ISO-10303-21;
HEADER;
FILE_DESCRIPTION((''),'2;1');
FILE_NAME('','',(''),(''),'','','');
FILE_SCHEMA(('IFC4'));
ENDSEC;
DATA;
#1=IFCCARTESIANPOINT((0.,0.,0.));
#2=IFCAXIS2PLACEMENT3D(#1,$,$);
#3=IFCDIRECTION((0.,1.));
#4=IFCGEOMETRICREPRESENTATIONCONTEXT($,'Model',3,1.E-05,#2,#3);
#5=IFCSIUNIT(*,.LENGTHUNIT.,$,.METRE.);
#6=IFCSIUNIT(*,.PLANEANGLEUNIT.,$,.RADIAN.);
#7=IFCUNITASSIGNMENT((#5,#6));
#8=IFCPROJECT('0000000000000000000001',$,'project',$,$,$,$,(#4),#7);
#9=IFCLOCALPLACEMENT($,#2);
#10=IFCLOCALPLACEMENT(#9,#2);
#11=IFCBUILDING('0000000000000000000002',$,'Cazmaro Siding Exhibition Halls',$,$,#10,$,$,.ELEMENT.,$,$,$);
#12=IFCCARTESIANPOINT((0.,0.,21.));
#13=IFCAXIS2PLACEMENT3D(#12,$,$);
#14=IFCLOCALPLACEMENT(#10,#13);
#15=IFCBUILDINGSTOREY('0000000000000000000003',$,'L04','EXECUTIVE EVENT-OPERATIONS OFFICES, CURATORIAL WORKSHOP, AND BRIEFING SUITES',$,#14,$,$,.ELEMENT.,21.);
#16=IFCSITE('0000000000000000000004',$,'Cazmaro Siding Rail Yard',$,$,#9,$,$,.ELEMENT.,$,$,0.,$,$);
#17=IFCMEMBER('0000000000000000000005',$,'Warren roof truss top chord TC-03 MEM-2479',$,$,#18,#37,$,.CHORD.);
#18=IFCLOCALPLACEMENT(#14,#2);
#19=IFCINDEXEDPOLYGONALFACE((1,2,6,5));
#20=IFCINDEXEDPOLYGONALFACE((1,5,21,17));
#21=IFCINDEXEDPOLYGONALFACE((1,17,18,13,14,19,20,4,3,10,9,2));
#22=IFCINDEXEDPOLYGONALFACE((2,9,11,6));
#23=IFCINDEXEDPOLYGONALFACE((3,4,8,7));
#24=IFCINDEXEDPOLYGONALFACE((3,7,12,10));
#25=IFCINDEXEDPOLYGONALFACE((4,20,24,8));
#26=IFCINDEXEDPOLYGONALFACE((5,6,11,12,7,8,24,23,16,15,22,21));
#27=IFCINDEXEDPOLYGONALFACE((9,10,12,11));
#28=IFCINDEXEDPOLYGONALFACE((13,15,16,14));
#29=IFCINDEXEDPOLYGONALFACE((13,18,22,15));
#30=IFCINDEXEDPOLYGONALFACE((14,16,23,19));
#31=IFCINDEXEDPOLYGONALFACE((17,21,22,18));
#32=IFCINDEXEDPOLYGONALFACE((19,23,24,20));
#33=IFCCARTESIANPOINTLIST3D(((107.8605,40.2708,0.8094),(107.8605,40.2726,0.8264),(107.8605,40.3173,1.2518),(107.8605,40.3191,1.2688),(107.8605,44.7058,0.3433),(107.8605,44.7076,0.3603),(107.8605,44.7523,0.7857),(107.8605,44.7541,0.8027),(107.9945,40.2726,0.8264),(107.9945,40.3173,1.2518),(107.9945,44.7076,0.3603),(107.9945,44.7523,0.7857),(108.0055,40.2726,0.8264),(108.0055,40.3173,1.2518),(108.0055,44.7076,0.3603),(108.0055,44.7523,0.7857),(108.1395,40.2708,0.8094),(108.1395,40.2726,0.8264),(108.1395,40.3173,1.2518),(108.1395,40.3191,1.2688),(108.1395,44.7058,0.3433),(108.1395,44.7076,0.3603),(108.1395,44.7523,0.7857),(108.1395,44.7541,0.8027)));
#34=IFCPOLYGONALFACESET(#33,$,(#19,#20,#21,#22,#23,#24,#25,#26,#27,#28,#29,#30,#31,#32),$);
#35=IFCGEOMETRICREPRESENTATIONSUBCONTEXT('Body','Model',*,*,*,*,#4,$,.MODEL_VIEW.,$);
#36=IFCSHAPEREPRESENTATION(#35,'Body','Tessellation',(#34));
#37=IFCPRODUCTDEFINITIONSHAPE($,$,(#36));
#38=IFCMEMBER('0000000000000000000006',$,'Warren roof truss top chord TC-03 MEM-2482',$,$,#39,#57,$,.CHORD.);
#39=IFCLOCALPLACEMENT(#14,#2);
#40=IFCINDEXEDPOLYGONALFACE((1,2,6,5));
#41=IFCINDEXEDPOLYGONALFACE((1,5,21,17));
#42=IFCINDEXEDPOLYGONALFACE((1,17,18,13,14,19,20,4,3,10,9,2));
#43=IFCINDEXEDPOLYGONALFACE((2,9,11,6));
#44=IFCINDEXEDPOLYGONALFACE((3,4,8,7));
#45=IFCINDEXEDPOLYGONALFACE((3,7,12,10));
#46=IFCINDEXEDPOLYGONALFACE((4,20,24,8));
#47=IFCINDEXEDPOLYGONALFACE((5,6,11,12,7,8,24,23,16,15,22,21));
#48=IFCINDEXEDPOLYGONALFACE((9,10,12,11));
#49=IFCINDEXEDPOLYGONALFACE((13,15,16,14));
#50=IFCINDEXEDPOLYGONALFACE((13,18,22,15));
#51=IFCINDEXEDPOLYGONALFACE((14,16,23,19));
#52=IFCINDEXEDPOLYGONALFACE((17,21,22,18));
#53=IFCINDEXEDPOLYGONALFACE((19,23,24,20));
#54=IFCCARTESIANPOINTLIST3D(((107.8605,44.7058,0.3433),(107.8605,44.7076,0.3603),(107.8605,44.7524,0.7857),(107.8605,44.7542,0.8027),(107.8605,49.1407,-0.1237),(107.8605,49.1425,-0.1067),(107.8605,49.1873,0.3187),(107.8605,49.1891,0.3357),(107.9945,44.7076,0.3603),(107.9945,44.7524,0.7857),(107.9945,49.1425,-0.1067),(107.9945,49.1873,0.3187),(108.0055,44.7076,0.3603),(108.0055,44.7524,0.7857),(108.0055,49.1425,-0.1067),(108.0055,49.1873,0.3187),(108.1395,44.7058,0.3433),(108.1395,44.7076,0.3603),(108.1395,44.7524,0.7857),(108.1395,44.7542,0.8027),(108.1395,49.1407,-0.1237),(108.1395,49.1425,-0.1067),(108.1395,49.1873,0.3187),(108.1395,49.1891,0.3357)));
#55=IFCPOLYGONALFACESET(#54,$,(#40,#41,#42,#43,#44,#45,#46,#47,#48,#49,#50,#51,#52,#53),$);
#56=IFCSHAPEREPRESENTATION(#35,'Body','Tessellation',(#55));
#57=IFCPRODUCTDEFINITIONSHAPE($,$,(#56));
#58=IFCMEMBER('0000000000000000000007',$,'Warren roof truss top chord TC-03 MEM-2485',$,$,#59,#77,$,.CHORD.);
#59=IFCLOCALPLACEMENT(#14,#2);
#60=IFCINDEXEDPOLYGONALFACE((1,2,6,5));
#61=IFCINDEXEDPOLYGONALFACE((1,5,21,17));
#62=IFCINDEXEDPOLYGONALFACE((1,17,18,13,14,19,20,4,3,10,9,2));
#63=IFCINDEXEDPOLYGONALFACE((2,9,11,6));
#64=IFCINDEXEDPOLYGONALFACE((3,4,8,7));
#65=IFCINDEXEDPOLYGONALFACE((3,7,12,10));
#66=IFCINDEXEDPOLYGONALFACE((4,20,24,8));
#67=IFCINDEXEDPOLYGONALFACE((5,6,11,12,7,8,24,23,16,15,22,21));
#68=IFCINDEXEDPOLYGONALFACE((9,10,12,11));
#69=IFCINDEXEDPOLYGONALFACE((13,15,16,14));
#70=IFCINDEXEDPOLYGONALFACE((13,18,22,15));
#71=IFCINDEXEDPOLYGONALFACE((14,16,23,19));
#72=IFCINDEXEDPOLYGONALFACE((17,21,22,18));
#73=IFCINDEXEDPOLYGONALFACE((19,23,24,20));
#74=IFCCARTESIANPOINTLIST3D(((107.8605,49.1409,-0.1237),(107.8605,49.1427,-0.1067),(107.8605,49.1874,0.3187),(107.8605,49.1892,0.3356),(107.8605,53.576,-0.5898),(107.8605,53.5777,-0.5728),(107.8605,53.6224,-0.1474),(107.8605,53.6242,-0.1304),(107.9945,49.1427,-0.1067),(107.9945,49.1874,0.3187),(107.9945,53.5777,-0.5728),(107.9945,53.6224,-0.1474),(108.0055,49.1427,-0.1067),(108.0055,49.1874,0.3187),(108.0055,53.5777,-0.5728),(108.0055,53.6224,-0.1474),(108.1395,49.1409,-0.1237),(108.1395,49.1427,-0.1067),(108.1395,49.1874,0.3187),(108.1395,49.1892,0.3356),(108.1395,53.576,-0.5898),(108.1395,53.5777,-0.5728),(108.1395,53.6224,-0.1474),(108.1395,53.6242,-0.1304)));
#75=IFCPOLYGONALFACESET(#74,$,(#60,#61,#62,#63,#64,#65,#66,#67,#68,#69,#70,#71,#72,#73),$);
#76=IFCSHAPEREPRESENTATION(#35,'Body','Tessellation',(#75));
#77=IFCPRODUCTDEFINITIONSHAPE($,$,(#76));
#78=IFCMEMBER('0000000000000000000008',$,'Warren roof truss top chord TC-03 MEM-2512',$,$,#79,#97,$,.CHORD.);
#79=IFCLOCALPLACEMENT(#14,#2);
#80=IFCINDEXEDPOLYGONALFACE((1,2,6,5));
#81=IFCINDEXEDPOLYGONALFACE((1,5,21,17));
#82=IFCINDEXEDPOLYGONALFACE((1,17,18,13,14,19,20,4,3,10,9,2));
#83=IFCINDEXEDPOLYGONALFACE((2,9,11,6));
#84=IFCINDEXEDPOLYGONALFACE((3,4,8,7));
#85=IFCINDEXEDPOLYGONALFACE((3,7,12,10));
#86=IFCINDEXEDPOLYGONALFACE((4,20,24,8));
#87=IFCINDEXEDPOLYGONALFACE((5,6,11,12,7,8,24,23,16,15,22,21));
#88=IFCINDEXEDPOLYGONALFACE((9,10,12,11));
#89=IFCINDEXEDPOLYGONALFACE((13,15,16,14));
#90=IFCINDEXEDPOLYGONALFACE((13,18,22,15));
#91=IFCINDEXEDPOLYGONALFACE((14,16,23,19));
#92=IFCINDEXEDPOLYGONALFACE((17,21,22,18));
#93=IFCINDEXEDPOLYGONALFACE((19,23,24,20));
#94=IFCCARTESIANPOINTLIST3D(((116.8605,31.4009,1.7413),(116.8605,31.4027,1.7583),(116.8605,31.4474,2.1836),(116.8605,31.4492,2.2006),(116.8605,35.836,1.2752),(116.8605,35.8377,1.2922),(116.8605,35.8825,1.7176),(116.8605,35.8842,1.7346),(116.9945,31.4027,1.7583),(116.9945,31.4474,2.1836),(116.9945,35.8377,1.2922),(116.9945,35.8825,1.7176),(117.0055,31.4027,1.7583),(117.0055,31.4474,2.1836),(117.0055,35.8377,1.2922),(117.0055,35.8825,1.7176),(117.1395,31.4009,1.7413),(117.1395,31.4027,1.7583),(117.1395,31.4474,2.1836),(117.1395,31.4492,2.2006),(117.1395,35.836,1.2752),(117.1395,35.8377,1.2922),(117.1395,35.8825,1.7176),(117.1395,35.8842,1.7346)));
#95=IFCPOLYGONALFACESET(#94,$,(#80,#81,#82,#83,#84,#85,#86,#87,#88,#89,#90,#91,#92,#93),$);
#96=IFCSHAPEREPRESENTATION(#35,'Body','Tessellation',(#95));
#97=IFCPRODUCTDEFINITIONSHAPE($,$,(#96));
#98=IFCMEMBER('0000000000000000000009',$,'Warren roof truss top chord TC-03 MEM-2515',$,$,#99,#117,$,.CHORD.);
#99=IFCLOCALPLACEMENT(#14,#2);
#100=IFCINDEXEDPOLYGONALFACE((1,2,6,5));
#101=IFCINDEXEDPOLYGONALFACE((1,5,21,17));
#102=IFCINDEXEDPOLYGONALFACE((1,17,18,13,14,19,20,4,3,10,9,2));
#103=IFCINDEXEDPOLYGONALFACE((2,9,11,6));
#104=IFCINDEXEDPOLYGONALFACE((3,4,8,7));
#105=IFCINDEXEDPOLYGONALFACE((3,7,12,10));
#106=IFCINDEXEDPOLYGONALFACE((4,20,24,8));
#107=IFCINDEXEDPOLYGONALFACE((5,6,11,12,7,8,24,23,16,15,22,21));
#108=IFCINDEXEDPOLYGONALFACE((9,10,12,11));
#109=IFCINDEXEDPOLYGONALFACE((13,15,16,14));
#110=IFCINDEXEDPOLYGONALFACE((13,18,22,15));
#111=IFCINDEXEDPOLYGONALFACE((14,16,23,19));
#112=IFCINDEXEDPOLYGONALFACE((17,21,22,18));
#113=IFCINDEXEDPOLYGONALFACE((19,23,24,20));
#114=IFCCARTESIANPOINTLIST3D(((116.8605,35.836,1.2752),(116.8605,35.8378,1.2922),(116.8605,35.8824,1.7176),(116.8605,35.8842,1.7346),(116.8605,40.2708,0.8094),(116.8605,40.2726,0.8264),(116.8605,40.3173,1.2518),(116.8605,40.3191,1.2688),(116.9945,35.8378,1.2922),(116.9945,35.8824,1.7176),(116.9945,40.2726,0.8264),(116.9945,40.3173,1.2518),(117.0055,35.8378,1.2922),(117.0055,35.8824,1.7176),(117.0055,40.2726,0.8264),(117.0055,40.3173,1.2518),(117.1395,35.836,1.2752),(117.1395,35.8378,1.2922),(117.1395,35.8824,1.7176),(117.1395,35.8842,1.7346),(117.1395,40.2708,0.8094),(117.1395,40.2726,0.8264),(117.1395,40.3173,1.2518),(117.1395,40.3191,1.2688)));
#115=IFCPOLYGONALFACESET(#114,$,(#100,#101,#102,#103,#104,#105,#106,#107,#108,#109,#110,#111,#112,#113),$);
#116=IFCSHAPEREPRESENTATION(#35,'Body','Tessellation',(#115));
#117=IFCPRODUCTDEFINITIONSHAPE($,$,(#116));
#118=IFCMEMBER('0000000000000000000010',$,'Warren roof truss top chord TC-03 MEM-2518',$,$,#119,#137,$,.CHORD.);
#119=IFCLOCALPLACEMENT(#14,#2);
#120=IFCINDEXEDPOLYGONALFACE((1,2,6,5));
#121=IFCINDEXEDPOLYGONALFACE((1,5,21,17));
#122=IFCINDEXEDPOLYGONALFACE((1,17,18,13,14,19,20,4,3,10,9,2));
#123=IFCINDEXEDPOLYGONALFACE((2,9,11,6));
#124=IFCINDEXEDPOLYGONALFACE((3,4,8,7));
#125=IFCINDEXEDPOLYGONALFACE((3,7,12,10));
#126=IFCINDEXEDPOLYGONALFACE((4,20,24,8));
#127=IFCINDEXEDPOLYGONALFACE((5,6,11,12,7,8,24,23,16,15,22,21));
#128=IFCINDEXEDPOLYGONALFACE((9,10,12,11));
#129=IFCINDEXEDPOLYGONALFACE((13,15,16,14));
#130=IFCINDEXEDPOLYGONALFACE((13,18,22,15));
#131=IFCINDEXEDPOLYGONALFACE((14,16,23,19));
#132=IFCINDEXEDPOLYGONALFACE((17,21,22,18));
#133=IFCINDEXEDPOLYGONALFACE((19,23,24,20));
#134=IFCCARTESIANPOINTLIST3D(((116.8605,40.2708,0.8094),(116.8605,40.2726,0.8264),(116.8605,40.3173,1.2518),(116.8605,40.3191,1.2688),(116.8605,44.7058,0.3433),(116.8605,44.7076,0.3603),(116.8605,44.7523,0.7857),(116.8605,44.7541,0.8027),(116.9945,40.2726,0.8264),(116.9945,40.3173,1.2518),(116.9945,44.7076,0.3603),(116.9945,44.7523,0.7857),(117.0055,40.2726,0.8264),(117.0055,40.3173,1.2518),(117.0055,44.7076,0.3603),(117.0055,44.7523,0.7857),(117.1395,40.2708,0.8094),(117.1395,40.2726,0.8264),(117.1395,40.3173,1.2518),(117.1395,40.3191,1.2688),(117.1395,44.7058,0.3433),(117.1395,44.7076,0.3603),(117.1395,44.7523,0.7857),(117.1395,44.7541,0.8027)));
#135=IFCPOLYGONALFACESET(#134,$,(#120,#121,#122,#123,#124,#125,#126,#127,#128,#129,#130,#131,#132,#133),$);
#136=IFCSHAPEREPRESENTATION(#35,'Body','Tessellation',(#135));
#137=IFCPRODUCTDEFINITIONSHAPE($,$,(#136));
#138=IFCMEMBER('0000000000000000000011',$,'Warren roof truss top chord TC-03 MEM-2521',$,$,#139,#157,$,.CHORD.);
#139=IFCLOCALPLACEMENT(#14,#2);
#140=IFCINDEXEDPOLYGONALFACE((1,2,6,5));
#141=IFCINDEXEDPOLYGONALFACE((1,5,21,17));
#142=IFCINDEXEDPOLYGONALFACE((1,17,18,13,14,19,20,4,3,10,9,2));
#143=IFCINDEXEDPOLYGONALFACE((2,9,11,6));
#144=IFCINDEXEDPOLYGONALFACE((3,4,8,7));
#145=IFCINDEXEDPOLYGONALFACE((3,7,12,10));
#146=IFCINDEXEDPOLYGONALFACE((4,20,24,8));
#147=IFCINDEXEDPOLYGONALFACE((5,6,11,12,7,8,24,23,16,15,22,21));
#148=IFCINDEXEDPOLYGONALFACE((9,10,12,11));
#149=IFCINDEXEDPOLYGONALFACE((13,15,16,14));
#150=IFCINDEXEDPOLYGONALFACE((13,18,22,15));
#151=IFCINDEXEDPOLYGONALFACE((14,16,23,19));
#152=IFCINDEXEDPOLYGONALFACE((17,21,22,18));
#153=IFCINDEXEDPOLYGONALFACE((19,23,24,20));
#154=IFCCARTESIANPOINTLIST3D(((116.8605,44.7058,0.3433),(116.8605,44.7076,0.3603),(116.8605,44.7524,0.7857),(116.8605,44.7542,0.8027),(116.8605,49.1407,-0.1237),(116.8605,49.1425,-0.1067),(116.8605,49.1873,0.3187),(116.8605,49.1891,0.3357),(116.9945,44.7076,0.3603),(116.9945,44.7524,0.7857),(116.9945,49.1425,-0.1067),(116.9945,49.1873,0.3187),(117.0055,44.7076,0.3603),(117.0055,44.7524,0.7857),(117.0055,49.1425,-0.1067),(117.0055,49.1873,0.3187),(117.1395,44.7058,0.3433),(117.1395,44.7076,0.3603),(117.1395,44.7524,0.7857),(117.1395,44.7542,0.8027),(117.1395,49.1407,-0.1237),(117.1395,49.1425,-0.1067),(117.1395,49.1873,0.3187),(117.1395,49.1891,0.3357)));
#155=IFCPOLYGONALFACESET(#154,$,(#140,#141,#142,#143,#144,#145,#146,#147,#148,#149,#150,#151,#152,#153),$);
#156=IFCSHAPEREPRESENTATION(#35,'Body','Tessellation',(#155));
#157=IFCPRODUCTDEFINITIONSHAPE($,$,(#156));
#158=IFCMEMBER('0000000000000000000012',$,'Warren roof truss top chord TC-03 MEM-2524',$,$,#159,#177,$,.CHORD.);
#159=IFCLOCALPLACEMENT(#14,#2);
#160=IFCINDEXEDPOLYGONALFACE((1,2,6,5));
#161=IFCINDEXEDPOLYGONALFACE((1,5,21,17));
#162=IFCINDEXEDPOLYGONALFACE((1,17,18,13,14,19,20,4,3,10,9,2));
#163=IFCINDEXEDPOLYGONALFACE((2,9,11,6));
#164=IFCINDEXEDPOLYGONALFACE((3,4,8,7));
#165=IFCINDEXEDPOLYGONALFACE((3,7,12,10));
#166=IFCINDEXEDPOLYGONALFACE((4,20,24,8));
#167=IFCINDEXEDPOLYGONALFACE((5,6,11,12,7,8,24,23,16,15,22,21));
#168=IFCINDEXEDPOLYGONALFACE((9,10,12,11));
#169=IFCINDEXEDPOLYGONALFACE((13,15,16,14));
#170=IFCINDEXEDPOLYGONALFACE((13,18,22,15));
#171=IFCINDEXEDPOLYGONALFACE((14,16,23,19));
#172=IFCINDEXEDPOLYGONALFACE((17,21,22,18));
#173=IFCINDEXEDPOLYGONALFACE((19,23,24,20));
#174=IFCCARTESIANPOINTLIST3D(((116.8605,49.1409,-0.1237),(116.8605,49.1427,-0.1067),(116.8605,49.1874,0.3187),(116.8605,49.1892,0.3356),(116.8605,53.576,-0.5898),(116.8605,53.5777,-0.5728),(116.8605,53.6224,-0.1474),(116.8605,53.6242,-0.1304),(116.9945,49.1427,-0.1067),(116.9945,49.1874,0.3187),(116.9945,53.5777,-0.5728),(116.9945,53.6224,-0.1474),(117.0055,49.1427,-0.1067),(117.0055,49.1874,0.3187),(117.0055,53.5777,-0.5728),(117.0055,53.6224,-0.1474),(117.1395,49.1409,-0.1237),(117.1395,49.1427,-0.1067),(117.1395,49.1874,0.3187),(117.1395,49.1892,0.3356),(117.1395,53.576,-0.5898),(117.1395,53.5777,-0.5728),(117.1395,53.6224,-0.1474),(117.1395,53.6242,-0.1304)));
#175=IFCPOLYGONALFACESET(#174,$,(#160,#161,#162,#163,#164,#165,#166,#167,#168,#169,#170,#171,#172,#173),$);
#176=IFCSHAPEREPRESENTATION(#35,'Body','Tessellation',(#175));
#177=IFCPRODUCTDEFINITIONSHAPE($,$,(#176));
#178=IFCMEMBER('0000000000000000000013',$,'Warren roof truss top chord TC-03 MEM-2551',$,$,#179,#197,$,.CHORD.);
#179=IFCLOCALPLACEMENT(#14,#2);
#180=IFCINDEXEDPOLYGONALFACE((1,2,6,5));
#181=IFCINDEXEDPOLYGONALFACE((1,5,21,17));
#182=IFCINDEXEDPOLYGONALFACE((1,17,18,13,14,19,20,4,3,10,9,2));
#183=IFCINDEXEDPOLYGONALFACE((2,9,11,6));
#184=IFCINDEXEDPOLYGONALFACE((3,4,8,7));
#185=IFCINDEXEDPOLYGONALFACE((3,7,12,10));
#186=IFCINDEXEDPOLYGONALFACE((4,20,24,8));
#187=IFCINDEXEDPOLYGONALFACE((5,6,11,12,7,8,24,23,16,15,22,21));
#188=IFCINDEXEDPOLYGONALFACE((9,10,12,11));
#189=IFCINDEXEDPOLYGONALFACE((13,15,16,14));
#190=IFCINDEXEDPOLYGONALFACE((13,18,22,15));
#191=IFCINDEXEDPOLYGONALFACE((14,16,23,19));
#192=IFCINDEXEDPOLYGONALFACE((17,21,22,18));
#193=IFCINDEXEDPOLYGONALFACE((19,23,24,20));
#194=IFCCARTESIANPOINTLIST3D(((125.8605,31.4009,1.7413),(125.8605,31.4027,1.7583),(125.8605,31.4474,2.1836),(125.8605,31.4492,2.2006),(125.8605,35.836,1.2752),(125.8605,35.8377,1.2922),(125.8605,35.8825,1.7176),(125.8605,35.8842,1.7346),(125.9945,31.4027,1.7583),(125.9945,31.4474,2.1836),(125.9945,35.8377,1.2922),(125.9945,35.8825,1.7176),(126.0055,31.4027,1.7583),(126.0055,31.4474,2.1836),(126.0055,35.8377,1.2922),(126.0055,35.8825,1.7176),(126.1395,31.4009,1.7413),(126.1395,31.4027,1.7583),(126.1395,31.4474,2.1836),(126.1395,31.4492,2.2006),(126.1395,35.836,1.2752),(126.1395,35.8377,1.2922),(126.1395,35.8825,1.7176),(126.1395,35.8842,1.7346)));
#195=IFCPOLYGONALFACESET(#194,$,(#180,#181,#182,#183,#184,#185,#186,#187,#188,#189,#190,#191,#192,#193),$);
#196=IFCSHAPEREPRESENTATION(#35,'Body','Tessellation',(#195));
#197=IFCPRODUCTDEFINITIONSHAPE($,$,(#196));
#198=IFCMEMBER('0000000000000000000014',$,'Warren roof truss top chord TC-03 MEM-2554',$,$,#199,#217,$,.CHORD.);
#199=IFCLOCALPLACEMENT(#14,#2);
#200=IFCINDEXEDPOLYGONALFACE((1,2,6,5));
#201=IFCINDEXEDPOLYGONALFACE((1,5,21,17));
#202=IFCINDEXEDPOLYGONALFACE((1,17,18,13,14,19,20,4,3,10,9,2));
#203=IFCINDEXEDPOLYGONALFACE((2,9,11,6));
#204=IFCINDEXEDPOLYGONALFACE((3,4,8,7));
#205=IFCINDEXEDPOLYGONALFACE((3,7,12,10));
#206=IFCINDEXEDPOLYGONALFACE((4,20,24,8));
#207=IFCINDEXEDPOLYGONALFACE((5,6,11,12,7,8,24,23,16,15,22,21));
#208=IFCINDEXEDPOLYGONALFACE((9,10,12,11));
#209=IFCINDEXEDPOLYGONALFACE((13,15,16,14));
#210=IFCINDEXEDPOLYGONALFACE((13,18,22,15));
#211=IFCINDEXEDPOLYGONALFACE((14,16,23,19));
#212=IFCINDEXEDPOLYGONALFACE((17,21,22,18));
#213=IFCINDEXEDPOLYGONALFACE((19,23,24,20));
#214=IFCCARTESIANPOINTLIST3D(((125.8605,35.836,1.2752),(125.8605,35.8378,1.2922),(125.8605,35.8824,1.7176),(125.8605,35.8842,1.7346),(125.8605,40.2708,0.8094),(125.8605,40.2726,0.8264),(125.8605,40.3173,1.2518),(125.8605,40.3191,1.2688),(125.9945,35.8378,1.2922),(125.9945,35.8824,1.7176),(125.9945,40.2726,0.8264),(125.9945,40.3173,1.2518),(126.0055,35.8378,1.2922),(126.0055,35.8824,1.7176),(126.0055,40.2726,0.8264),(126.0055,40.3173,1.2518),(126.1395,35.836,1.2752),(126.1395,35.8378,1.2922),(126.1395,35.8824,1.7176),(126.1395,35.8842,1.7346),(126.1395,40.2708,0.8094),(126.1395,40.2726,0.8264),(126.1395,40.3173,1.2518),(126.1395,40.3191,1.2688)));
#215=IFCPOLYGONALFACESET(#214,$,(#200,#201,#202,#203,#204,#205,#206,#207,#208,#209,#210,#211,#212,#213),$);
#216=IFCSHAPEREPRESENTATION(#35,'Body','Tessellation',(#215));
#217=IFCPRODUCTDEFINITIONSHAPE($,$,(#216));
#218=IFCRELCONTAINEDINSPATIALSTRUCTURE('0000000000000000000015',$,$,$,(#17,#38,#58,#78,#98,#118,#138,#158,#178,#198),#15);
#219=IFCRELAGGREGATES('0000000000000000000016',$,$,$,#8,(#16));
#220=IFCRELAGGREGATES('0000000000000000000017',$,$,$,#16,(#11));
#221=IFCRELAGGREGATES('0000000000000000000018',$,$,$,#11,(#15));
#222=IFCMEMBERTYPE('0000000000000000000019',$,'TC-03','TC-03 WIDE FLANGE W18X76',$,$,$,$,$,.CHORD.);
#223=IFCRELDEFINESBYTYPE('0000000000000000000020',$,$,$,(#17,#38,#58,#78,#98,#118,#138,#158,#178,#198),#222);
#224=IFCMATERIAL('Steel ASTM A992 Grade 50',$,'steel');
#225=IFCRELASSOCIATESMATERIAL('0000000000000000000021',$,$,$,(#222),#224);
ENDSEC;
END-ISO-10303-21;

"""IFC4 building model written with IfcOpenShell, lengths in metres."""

from ifc_helpers import new_model, si_unit, direction, frame, origin, origin_2d, place, context, subcontext, project, spatial, i_section, extrude, material, material_profile, profile_set, type_object, element, save


model = new_model("IFC4")

# Units and contexts
model_context = context("Model", 3, precision=1e-05, world=origin(), true_north=direction((0.0, 1.0)))
body_context = subcontext(model_context, "Body", "Model", "MODEL_VIEW")
ifc_project = project(units=[si_unit("LENGTHUNIT", "METRE"), si_unit("PLANEANGLEUNIT", "RADIAN")], contexts=[model_context])

# Site, building, storey
site_placement = place(None, origin())
site = spatial("IfcSite", under=ifc_project, at=site_placement, Name="Cazmaro Siding Rail Yard", CompositionType="ELEMENT", RefElevation=0.0)
building_placement = place(site_placement, origin())
building = spatial("IfcBuilding", under=site, at=building_placement, Name="Cazmaro Siding Exhibition Halls", CompositionType="ELEMENT")
storey_placement = place(building_placement, frame((0.0, 0.0, 21.0)))
storey = spatial("IfcBuildingStorey", under=building, at=storey_placement, Name="L04", Description="EXECUTIVE EVENT-OPERATIONS OFFICES, CURATORIAL WORKSHOP, AND BRIEFING SUITES", CompositionType="ELEMENT", Elevation=21.0)

# Members
ifc_material_1 = material(Name="Steel ASTM A992 Grade 50", Category="steel")
ifc_material_profile_1 = material_profile(ifc_material_1, i_section(OverallWidth=0.2791, OverallDepth=0.4619, WebThickness=0.011, FlangeThickness=0.0171, at=origin_2d()), Name="W18X76")
ifc_profile_set_1 = profile_set([ifc_material_profile_1], Name="Steel ASTM A992 Grade 50")
member_type_1 = type_object("IfcMemberType", Name="TC-03", Description="TC-03 WIDE FLANGE W18X76", PredefinedType="CHORD", material=ifc_profile_set_1)
for number, where, z_axis, x_axis, name in (
    (1, (108.0, 40.2949, 1.0391), (0.0, 0.994524, -0.104511), (-1.0, 0.0, 0.0), "Warren roof truss top chord TC-03 MEM-2479"),
    (2, (108.0, 44.73, 0.573), (0.0, 0.994501, -0.104728), (-1.0, 0.0, 0.0), "Warren roof truss top chord TC-03 MEM-2482"),
    (3, (108.0, 49.165, 0.106), (0.0, 0.994524, -0.104511), (-1.0, 0.0, 0.0), "Warren roof truss top chord TC-03 MEM-2485"),
    (4, (117.0, 31.425, 1.9709), (0.0, 0.994524, -0.104511), (-1.0, 0.0, 0.0), "Warren roof truss top chord TC-03 MEM-2512"),
):
    element("IfcMember", number, at=place(storey_placement, frame(where, z_axis=z_axis, x_axis=x_axis)), inside=storey, type_object=member_type_1, Name=name, PredefinedType="CHORD", context=body_context, shape_type="SweptSolid", body=[
        extrude(i_section(OverallWidth=0.2791, OverallDepth=0.4619, WebThickness=0.011, FlangeThickness=0.0171, at=origin_2d()), origin(), (0.0, 0.0, 1.0), 4.4595),
    ])
member_1_placement = place(storey_placement, frame((117.0, 35.8601, 1.5049), z_axis=(0.0, 0.994529, -0.104462), x_axis=(-1.0, 0.0, 0.0)))
element("IfcMember", 5, at=member_1_placement, inside=storey, type_object=member_type_1, Name="Warren roof truss top chord TC-03 MEM-2515", PredefinedType="CHORD", context=body_context, shape_type="SweptSolid", body=[
    extrude(i_section(OverallWidth=0.2791, OverallDepth=0.4619, WebThickness=0.011, FlangeThickness=0.0171, at=origin_2d()), origin(), (0.0, 0.0, 1.0), 4.4592),
])
for number, where, z_axis, x_axis, name in (
    (6, (117.0, 40.2949, 1.0391), (0.0, 0.994524, -0.104511), (-1.0, 0.0, 0.0), "Warren roof truss top chord TC-03 MEM-2518"),
    (7, (117.0, 44.73, 0.573), (0.0, 0.994501, -0.104728), (-1.0, 0.0, 0.0), "Warren roof truss top chord TC-03 MEM-2521"),
    (8, (117.0, 49.165, 0.106), (0.0, 0.994524, -0.104511), (-1.0, 0.0, 0.0), "Warren roof truss top chord TC-03 MEM-2524"),
    (9, (126.0, 31.425, 1.9709), (0.0, 0.994524, -0.104511), (-1.0, 0.0, 0.0), "Warren roof truss top chord TC-03 MEM-2551"),
):
    element("IfcMember", number, at=place(storey_placement, frame(where, z_axis=z_axis, x_axis=x_axis)), inside=storey, type_object=member_type_1, Name=name, PredefinedType="CHORD", context=body_context, shape_type="SweptSolid", body=[
        extrude(i_section(OverallWidth=0.2791, OverallDepth=0.4619, WebThickness=0.011, FlangeThickness=0.0171, at=origin_2d()), origin(), (0.0, 0.0, 1.0), 4.4595),
    ])
member_2_placement = place(storey_placement, frame((126.0, 35.8601, 1.5049), z_axis=(0.0, 0.994529, -0.104462), x_axis=(-1.0, 0.0, 0.0)))
element("IfcMember", 10, at=member_2_placement, inside=storey, type_object=member_type_1, Name="Warren roof truss top chord TC-03 MEM-2554", PredefinedType="CHORD", context=body_context, shape_type="SweptSolid", body=[
    extrude(i_section(OverallWidth=0.2791, OverallDepth=0.4619, WebThickness=0.011, FlangeThickness=0.0171, at=origin_2d()), origin(), (0.0, 0.0, 1.0), 4.4592),
])

save(model, "model.ifc")
